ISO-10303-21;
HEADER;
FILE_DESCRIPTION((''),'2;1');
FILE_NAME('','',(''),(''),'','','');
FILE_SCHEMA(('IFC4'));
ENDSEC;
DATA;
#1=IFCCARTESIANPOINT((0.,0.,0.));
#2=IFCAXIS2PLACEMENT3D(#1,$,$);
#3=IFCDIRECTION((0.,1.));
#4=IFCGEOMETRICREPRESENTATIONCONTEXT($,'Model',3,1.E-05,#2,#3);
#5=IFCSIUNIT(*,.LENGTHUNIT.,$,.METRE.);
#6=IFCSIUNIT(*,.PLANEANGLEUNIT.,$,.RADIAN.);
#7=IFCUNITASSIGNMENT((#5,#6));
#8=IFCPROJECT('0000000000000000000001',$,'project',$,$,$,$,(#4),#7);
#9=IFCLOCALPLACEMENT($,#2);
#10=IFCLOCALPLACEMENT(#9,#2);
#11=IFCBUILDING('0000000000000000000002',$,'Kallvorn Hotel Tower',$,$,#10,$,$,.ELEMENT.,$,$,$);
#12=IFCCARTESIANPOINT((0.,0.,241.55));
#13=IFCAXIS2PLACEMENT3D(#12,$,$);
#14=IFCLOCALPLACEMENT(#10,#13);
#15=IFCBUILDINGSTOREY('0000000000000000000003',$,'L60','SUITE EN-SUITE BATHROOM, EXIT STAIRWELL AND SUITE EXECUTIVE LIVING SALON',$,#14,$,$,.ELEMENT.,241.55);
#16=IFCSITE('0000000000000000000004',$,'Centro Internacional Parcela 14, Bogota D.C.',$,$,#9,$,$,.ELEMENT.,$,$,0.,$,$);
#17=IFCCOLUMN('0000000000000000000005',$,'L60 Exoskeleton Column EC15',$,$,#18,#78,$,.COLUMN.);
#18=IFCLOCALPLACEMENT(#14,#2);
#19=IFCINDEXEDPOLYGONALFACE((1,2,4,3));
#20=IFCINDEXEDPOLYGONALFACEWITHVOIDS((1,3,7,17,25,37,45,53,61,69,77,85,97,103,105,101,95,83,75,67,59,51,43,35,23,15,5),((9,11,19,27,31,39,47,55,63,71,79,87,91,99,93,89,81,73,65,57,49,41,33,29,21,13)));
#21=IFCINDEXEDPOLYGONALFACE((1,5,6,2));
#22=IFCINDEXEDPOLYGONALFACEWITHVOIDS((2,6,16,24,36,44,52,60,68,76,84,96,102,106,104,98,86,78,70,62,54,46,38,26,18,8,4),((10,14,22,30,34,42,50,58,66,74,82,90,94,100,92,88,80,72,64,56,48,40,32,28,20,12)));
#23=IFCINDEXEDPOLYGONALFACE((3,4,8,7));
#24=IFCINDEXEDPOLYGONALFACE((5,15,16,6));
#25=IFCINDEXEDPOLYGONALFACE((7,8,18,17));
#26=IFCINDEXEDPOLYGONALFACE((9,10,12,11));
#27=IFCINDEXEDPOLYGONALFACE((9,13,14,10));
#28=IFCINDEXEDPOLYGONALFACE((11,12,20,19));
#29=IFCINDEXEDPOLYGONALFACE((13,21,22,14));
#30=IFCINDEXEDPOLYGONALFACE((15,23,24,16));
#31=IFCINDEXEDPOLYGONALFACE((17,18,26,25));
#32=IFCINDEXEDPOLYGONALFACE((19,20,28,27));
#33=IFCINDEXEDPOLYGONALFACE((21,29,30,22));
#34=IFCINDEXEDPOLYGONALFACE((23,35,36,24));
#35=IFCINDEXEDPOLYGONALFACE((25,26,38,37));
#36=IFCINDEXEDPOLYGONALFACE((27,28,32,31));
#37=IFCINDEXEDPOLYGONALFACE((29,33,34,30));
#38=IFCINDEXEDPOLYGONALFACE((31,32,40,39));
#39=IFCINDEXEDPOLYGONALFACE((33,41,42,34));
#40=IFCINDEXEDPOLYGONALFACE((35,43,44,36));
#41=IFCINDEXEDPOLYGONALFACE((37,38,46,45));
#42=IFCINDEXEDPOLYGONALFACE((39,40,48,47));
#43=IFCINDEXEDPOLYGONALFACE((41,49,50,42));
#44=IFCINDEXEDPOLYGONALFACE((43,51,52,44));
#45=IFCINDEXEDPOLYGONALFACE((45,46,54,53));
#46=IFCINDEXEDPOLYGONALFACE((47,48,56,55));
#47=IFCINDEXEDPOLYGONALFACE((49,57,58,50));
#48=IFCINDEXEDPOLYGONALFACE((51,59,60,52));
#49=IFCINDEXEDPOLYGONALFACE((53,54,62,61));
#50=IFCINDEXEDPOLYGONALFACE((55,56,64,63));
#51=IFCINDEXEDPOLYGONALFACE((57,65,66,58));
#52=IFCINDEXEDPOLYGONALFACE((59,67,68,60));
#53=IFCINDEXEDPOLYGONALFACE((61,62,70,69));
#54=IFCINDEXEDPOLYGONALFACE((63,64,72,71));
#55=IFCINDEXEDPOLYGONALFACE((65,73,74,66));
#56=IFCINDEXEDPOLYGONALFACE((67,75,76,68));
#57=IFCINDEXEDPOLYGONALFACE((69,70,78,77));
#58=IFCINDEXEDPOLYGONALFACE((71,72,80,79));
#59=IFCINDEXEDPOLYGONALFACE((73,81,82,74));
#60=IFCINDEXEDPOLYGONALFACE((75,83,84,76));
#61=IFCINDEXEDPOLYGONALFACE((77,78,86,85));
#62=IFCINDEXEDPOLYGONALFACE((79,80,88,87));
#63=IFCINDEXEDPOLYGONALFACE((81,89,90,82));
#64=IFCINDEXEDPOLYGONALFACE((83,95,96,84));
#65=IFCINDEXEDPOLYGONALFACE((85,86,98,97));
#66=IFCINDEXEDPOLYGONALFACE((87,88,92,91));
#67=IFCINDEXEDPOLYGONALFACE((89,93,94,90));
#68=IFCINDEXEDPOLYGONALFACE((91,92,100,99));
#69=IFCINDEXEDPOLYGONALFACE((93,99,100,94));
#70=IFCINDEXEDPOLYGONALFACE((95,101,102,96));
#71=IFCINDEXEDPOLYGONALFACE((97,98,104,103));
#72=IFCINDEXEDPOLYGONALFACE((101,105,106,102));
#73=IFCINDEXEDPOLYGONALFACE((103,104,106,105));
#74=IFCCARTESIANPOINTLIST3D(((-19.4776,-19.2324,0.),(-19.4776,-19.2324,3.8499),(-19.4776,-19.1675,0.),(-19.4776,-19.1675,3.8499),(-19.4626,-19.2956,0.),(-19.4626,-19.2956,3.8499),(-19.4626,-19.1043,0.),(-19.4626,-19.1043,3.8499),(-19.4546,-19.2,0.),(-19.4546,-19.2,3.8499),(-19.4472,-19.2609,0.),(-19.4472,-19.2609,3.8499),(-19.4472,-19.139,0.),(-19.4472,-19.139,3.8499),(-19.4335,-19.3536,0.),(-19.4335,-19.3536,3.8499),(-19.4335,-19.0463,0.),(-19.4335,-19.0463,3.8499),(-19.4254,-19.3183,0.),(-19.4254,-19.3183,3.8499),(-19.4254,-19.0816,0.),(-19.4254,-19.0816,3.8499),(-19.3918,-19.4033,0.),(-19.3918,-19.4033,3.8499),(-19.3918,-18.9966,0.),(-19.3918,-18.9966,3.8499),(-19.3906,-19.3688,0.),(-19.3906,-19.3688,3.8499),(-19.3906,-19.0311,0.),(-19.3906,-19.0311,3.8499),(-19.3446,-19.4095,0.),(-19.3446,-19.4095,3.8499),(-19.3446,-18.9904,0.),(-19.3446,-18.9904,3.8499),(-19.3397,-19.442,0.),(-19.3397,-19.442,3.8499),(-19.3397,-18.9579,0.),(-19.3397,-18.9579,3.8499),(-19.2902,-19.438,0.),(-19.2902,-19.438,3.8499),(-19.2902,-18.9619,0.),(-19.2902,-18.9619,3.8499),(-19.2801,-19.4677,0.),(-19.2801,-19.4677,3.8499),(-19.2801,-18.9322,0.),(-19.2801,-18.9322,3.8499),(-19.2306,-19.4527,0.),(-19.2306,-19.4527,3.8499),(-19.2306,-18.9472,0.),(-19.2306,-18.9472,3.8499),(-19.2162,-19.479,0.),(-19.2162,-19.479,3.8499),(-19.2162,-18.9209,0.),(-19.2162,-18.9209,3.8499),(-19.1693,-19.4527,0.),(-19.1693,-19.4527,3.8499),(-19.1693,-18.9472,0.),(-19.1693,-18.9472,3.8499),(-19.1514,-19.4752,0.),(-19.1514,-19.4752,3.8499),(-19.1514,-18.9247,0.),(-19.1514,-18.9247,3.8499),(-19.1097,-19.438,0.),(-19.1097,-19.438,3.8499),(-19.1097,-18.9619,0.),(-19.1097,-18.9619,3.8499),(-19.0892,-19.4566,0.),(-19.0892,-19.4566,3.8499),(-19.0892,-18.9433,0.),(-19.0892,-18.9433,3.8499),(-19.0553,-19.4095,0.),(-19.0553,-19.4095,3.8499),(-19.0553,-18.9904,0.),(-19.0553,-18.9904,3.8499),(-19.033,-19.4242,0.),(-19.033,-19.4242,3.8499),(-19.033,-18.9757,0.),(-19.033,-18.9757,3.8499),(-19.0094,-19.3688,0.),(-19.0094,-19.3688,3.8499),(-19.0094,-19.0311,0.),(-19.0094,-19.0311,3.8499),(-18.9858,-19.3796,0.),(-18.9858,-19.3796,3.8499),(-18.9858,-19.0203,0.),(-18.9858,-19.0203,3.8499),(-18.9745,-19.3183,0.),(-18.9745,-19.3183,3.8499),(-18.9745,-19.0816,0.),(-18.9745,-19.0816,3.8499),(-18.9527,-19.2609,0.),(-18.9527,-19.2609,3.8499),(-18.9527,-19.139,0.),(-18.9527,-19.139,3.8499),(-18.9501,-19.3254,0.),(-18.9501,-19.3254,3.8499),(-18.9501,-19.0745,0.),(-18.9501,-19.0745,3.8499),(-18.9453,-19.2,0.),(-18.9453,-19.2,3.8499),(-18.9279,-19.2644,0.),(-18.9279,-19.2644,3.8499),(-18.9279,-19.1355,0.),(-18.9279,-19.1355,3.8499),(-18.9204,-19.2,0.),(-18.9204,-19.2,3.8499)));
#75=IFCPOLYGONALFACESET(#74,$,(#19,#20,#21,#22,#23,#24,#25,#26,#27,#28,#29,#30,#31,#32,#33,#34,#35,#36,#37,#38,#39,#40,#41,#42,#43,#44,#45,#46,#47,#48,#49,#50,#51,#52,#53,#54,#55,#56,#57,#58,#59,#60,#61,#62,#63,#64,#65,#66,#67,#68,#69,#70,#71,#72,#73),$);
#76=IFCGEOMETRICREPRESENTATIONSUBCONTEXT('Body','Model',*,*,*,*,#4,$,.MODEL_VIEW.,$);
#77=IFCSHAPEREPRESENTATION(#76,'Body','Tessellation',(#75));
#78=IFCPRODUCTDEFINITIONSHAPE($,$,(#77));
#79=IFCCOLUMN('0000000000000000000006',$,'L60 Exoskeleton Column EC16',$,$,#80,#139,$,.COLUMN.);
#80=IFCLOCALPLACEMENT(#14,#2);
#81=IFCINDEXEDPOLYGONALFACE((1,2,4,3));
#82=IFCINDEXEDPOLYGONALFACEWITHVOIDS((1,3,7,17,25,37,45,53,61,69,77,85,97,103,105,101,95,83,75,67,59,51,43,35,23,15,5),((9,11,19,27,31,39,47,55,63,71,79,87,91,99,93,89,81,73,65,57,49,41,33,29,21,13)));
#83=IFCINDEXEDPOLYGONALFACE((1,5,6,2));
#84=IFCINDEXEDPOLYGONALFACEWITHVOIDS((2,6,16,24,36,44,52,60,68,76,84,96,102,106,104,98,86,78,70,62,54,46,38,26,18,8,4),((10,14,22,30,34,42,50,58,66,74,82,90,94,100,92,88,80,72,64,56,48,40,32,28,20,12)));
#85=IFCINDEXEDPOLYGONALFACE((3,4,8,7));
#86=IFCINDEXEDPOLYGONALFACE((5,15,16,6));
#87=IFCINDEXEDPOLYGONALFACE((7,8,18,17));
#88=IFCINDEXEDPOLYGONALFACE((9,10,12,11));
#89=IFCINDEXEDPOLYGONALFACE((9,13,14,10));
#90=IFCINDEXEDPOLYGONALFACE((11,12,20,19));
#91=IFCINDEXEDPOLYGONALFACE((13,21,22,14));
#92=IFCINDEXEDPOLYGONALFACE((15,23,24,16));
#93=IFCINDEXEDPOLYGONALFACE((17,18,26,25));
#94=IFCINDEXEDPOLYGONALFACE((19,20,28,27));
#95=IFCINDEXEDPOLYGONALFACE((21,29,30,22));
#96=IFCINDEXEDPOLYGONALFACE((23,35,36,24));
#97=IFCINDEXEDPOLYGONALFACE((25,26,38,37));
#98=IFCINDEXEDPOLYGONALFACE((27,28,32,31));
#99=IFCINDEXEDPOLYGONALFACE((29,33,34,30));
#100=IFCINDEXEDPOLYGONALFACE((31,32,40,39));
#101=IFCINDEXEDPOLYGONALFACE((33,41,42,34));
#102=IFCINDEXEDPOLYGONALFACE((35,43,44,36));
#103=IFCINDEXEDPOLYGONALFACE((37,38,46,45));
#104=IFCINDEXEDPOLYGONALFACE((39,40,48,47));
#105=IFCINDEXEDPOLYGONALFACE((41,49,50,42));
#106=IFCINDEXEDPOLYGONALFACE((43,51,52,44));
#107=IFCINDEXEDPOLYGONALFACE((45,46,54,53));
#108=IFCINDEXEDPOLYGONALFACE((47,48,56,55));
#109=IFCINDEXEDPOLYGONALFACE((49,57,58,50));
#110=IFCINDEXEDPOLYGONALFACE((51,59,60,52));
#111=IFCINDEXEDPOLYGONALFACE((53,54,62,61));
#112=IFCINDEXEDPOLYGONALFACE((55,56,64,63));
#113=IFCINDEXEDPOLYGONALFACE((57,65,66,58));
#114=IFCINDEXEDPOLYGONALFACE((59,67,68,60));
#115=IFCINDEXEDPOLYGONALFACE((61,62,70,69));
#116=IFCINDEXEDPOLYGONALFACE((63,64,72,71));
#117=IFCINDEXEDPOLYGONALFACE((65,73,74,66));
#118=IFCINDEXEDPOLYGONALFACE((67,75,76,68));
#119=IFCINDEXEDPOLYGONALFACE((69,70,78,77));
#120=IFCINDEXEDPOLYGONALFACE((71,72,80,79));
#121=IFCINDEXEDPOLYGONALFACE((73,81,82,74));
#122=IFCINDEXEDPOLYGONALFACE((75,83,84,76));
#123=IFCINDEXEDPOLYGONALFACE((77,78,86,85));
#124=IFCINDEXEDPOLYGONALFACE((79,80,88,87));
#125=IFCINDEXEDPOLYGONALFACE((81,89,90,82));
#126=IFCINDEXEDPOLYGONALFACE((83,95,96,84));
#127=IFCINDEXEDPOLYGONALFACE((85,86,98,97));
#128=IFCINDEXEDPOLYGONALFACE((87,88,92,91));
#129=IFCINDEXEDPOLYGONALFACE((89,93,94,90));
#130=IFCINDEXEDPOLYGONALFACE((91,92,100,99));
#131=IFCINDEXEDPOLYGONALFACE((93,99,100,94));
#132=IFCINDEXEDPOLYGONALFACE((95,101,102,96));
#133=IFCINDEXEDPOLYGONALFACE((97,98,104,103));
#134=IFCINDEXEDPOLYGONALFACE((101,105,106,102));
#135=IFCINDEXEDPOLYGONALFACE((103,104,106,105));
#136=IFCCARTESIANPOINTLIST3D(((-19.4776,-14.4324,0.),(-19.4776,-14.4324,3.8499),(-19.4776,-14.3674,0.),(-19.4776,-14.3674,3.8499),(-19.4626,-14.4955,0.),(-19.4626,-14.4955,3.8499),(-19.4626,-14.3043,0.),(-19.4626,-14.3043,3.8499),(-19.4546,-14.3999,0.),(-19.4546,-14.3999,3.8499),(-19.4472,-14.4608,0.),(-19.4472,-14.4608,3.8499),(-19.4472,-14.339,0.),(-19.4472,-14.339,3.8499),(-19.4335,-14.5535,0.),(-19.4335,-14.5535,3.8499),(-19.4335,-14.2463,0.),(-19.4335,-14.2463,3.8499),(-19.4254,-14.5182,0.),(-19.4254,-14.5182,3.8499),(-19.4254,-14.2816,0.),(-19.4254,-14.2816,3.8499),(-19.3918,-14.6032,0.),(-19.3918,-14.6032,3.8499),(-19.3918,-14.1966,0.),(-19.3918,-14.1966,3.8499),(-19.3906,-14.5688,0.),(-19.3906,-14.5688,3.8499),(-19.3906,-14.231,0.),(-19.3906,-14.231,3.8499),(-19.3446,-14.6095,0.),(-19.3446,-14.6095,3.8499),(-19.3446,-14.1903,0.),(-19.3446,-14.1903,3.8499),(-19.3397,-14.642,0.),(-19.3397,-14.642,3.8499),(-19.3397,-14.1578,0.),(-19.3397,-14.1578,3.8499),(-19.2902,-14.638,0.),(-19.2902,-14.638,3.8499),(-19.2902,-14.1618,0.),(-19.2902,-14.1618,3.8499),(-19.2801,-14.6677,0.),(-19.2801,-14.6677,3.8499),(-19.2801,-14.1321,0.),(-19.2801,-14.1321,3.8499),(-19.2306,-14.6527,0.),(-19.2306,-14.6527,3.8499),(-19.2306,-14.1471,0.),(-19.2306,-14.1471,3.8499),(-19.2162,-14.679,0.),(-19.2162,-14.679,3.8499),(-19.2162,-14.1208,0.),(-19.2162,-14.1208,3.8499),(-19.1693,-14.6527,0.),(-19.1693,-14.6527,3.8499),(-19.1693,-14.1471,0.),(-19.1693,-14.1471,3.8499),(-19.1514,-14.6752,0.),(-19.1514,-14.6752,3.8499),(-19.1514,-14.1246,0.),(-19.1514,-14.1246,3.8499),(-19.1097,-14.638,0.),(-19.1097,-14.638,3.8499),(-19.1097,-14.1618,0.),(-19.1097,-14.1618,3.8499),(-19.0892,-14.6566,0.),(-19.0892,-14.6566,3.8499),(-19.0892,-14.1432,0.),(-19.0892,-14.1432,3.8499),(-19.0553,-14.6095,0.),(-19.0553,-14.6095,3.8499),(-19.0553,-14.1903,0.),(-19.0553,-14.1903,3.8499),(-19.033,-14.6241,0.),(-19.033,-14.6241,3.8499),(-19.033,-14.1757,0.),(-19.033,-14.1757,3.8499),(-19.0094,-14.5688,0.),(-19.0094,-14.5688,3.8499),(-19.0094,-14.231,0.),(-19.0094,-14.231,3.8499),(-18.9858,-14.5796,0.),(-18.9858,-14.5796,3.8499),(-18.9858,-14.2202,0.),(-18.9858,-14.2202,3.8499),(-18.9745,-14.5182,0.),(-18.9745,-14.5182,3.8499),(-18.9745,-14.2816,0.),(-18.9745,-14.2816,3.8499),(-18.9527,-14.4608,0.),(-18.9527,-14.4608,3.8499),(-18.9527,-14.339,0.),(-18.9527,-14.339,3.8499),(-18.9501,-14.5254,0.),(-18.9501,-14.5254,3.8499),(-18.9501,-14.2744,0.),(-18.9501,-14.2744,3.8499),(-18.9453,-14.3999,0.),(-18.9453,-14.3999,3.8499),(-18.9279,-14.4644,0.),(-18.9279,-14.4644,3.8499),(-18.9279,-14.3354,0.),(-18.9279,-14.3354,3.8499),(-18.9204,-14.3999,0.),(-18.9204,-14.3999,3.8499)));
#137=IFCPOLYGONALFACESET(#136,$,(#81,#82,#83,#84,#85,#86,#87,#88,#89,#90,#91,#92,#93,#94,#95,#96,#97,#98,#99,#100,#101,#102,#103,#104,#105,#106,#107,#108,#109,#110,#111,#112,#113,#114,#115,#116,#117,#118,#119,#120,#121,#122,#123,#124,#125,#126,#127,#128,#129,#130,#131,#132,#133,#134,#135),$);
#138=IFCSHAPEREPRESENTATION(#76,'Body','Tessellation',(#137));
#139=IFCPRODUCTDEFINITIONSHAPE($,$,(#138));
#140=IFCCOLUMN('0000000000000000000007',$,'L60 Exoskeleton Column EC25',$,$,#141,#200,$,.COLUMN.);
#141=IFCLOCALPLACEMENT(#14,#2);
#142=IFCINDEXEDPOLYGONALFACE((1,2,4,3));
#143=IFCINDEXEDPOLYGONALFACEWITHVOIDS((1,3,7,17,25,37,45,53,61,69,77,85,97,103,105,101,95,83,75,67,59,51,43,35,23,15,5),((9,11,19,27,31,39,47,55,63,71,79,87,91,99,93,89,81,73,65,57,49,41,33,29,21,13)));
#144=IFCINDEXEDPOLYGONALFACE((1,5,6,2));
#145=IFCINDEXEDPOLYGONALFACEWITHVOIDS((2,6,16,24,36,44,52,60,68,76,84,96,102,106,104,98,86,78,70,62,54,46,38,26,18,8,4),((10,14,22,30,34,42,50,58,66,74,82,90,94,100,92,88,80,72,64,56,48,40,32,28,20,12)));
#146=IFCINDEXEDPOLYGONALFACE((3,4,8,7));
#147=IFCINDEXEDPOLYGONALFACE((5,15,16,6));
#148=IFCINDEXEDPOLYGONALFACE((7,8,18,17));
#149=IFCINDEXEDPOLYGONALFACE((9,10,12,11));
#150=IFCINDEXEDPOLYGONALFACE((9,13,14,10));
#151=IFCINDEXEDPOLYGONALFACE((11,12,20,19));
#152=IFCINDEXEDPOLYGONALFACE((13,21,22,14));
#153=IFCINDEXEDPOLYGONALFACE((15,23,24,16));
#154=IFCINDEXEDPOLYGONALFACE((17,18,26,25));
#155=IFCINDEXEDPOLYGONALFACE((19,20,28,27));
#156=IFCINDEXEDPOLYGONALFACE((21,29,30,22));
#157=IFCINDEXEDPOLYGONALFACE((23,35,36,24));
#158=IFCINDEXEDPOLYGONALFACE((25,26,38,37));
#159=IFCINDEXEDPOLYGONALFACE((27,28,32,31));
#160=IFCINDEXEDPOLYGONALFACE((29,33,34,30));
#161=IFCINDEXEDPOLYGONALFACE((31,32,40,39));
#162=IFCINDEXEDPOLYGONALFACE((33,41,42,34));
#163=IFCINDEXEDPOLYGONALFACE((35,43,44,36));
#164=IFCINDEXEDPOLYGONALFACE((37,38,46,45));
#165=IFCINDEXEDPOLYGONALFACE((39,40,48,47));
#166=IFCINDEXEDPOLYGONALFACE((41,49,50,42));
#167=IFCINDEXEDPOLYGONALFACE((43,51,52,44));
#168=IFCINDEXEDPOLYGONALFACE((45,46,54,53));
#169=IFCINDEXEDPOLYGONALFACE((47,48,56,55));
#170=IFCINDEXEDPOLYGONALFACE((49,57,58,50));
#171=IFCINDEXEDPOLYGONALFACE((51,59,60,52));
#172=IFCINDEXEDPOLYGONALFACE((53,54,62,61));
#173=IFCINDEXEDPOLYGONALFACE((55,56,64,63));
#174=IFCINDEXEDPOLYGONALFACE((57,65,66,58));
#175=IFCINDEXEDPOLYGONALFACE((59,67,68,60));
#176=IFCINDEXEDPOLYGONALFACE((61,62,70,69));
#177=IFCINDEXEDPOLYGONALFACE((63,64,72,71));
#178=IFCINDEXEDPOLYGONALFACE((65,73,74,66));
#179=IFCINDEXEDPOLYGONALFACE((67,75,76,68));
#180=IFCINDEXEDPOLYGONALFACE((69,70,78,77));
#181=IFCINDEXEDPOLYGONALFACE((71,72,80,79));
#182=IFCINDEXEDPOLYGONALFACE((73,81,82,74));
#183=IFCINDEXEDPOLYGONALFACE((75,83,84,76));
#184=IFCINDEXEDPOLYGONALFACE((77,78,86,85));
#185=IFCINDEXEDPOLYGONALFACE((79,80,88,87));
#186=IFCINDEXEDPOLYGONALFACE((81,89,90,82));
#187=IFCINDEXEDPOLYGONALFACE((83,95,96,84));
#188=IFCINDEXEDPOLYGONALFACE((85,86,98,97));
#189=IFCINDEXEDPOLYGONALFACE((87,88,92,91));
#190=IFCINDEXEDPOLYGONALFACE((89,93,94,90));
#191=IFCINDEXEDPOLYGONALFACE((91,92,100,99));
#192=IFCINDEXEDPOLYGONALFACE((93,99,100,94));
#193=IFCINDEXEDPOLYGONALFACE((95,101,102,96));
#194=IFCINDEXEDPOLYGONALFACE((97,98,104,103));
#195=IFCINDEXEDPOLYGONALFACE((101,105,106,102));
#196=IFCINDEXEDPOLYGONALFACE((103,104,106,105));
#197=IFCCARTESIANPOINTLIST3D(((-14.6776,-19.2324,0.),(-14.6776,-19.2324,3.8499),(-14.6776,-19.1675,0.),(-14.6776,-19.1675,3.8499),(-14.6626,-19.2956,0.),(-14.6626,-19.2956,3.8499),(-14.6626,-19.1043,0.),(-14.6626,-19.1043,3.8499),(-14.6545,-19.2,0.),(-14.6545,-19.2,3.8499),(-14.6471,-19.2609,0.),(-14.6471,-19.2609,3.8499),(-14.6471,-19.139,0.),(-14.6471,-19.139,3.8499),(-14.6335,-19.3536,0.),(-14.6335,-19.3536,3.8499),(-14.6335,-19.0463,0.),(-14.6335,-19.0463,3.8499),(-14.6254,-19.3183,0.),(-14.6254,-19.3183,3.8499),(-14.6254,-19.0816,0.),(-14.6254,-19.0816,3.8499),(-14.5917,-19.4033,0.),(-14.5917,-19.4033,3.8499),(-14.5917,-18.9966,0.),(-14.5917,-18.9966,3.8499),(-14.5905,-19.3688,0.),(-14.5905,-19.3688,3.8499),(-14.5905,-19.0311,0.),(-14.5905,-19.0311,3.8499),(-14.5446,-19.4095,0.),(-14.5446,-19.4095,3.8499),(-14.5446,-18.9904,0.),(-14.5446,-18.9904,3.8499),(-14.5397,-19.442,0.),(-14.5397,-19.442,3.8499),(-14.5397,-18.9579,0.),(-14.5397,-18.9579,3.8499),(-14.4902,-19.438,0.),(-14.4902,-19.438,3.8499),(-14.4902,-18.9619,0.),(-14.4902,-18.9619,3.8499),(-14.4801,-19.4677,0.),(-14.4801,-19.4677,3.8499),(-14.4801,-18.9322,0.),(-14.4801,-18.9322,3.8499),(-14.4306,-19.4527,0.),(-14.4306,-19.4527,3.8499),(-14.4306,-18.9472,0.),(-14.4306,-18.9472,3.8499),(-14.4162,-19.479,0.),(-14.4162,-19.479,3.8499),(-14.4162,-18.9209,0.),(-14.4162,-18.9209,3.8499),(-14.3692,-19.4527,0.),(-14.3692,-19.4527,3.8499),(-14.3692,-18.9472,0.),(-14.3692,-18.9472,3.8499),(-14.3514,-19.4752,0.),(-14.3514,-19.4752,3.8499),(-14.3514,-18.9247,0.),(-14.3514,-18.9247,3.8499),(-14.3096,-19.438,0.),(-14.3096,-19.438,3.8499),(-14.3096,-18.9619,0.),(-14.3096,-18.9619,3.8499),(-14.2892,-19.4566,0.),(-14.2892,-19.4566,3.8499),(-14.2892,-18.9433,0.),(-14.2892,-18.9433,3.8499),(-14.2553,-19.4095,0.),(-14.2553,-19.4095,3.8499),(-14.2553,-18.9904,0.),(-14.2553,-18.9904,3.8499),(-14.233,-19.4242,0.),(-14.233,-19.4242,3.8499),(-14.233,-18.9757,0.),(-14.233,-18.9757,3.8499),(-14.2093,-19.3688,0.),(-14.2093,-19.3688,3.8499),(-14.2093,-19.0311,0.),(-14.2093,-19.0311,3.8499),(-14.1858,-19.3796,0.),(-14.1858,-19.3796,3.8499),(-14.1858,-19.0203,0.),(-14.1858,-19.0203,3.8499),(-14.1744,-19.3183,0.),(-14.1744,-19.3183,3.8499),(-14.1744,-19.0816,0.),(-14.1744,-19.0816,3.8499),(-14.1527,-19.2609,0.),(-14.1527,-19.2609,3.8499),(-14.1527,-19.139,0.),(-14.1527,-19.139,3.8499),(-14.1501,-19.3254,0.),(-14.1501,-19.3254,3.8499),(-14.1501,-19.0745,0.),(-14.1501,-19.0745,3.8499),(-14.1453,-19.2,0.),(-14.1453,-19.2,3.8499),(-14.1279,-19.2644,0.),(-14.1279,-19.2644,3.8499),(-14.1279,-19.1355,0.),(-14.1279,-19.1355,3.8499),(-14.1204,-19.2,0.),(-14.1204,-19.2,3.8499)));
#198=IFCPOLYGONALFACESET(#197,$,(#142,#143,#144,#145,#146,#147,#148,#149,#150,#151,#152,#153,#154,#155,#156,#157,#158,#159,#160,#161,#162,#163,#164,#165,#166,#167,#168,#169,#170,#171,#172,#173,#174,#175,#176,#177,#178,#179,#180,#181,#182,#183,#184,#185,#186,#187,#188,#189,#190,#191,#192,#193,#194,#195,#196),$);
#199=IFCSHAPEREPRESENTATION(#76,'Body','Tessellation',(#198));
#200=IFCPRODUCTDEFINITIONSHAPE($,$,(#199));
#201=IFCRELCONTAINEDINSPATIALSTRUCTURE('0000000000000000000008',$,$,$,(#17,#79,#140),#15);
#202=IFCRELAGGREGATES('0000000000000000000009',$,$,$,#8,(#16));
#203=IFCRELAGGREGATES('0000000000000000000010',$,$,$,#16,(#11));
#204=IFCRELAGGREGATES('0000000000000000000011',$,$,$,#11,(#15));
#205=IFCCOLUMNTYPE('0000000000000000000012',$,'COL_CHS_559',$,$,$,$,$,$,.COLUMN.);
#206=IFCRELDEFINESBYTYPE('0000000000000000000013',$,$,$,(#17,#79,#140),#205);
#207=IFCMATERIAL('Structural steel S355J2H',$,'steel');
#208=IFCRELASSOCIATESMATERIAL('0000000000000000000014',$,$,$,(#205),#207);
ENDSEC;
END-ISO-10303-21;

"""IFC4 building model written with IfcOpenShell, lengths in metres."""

from ifc_helpers import new_model, si_unit, direction, frame, origin, origin_2d, place, context, subcontext, project, spatial, hollow_circle, extrude, material, material_profile, profile_set, type_object, element, save


model = new_model("IFC4")

# Units and contexts
model_context = context("Model", 3, precision=1e-05, world=origin(), true_north=direction((0.0, 1.0)))
body_context = subcontext(model_context, "Body", "Model", "MODEL_VIEW")
ifc_project = project(units=[si_unit("LENGTHUNIT", "METRE"), si_unit("PLANEANGLEUNIT", "RADIAN")], contexts=[model_context])

# Site, building, storey
site_placement = place(None, origin())
site = spatial("IfcSite", under=ifc_project, at=site_placement, Name="Centro Internacional Parcela 14, Bogota D.C.", CompositionType="ELEMENT", RefElevation=0.0)
building_placement = place(site_placement, origin())
building = spatial("IfcBuilding", under=site, at=building_placement, Name="Kallvorn Hotel Tower", CompositionType="ELEMENT")
storey_placement = place(building_placement, frame((0.0, 0.0, 241.55)))
storey = spatial("IfcBuildingStorey", under=building, at=storey_placement, Name="L60", Description="SUITE EN-SUITE BATHROOM, EXIT STAIRWELL AND SUITE EXECUTIVE LIVING SALON", CompositionType="ELEMENT", Elevation=241.55)

# Columns
ifc_material_1 = material(Name="Structural steel S355J2H", Category="steel")
ifc_material_profile_1 = material_profile(ifc_material_1, hollow_circle(Radius=0.2795, WallThickness=0.0249, at=origin_2d()), Name="CHS 559x25")
ifc_profile_set_1 = profile_set([ifc_material_profile_1], Name="Structural steel S355J2H")
column_type_1 = type_object("IfcColumnType", Name="COL_CHS_559", PredefinedType="COLUMN", material=ifc_profile_set_1)
for number, where, z_axis, x_axis, name in (
    (1, (-19.2, -19.2, 0.0), (0.0, 0.0, 1.0), (1.0, 0.0, 0.0), "L60 Exoskeleton Column EC15"),
    (2, (-19.2, -14.3999, 0.0), (0.0, 0.0, 1.0), (1.0, 0.0, 0.0), "L60 Exoskeleton Column EC16"),
    (3, (-14.3999, -19.2, 0.0), (0.0, 0.0, 1.0), (1.0, 0.0, 0.0), "L60 Exoskeleton Column EC25"),
):
    element("IfcColumn", number, at=place(storey_placement, frame(where, z_axis=z_axis, x_axis=x_axis)), inside=storey, type_object=column_type_1, Name=name, PredefinedType="COLUMN", context=body_context, shape_type="SweptSolid", body=[
        extrude(hollow_circle(Radius=0.2795, WallThickness=0.0249, at=origin_2d()), origin(), (0.0, 0.0, 1.0), 3.8499),
    ])

save(model, "model.ifc")
